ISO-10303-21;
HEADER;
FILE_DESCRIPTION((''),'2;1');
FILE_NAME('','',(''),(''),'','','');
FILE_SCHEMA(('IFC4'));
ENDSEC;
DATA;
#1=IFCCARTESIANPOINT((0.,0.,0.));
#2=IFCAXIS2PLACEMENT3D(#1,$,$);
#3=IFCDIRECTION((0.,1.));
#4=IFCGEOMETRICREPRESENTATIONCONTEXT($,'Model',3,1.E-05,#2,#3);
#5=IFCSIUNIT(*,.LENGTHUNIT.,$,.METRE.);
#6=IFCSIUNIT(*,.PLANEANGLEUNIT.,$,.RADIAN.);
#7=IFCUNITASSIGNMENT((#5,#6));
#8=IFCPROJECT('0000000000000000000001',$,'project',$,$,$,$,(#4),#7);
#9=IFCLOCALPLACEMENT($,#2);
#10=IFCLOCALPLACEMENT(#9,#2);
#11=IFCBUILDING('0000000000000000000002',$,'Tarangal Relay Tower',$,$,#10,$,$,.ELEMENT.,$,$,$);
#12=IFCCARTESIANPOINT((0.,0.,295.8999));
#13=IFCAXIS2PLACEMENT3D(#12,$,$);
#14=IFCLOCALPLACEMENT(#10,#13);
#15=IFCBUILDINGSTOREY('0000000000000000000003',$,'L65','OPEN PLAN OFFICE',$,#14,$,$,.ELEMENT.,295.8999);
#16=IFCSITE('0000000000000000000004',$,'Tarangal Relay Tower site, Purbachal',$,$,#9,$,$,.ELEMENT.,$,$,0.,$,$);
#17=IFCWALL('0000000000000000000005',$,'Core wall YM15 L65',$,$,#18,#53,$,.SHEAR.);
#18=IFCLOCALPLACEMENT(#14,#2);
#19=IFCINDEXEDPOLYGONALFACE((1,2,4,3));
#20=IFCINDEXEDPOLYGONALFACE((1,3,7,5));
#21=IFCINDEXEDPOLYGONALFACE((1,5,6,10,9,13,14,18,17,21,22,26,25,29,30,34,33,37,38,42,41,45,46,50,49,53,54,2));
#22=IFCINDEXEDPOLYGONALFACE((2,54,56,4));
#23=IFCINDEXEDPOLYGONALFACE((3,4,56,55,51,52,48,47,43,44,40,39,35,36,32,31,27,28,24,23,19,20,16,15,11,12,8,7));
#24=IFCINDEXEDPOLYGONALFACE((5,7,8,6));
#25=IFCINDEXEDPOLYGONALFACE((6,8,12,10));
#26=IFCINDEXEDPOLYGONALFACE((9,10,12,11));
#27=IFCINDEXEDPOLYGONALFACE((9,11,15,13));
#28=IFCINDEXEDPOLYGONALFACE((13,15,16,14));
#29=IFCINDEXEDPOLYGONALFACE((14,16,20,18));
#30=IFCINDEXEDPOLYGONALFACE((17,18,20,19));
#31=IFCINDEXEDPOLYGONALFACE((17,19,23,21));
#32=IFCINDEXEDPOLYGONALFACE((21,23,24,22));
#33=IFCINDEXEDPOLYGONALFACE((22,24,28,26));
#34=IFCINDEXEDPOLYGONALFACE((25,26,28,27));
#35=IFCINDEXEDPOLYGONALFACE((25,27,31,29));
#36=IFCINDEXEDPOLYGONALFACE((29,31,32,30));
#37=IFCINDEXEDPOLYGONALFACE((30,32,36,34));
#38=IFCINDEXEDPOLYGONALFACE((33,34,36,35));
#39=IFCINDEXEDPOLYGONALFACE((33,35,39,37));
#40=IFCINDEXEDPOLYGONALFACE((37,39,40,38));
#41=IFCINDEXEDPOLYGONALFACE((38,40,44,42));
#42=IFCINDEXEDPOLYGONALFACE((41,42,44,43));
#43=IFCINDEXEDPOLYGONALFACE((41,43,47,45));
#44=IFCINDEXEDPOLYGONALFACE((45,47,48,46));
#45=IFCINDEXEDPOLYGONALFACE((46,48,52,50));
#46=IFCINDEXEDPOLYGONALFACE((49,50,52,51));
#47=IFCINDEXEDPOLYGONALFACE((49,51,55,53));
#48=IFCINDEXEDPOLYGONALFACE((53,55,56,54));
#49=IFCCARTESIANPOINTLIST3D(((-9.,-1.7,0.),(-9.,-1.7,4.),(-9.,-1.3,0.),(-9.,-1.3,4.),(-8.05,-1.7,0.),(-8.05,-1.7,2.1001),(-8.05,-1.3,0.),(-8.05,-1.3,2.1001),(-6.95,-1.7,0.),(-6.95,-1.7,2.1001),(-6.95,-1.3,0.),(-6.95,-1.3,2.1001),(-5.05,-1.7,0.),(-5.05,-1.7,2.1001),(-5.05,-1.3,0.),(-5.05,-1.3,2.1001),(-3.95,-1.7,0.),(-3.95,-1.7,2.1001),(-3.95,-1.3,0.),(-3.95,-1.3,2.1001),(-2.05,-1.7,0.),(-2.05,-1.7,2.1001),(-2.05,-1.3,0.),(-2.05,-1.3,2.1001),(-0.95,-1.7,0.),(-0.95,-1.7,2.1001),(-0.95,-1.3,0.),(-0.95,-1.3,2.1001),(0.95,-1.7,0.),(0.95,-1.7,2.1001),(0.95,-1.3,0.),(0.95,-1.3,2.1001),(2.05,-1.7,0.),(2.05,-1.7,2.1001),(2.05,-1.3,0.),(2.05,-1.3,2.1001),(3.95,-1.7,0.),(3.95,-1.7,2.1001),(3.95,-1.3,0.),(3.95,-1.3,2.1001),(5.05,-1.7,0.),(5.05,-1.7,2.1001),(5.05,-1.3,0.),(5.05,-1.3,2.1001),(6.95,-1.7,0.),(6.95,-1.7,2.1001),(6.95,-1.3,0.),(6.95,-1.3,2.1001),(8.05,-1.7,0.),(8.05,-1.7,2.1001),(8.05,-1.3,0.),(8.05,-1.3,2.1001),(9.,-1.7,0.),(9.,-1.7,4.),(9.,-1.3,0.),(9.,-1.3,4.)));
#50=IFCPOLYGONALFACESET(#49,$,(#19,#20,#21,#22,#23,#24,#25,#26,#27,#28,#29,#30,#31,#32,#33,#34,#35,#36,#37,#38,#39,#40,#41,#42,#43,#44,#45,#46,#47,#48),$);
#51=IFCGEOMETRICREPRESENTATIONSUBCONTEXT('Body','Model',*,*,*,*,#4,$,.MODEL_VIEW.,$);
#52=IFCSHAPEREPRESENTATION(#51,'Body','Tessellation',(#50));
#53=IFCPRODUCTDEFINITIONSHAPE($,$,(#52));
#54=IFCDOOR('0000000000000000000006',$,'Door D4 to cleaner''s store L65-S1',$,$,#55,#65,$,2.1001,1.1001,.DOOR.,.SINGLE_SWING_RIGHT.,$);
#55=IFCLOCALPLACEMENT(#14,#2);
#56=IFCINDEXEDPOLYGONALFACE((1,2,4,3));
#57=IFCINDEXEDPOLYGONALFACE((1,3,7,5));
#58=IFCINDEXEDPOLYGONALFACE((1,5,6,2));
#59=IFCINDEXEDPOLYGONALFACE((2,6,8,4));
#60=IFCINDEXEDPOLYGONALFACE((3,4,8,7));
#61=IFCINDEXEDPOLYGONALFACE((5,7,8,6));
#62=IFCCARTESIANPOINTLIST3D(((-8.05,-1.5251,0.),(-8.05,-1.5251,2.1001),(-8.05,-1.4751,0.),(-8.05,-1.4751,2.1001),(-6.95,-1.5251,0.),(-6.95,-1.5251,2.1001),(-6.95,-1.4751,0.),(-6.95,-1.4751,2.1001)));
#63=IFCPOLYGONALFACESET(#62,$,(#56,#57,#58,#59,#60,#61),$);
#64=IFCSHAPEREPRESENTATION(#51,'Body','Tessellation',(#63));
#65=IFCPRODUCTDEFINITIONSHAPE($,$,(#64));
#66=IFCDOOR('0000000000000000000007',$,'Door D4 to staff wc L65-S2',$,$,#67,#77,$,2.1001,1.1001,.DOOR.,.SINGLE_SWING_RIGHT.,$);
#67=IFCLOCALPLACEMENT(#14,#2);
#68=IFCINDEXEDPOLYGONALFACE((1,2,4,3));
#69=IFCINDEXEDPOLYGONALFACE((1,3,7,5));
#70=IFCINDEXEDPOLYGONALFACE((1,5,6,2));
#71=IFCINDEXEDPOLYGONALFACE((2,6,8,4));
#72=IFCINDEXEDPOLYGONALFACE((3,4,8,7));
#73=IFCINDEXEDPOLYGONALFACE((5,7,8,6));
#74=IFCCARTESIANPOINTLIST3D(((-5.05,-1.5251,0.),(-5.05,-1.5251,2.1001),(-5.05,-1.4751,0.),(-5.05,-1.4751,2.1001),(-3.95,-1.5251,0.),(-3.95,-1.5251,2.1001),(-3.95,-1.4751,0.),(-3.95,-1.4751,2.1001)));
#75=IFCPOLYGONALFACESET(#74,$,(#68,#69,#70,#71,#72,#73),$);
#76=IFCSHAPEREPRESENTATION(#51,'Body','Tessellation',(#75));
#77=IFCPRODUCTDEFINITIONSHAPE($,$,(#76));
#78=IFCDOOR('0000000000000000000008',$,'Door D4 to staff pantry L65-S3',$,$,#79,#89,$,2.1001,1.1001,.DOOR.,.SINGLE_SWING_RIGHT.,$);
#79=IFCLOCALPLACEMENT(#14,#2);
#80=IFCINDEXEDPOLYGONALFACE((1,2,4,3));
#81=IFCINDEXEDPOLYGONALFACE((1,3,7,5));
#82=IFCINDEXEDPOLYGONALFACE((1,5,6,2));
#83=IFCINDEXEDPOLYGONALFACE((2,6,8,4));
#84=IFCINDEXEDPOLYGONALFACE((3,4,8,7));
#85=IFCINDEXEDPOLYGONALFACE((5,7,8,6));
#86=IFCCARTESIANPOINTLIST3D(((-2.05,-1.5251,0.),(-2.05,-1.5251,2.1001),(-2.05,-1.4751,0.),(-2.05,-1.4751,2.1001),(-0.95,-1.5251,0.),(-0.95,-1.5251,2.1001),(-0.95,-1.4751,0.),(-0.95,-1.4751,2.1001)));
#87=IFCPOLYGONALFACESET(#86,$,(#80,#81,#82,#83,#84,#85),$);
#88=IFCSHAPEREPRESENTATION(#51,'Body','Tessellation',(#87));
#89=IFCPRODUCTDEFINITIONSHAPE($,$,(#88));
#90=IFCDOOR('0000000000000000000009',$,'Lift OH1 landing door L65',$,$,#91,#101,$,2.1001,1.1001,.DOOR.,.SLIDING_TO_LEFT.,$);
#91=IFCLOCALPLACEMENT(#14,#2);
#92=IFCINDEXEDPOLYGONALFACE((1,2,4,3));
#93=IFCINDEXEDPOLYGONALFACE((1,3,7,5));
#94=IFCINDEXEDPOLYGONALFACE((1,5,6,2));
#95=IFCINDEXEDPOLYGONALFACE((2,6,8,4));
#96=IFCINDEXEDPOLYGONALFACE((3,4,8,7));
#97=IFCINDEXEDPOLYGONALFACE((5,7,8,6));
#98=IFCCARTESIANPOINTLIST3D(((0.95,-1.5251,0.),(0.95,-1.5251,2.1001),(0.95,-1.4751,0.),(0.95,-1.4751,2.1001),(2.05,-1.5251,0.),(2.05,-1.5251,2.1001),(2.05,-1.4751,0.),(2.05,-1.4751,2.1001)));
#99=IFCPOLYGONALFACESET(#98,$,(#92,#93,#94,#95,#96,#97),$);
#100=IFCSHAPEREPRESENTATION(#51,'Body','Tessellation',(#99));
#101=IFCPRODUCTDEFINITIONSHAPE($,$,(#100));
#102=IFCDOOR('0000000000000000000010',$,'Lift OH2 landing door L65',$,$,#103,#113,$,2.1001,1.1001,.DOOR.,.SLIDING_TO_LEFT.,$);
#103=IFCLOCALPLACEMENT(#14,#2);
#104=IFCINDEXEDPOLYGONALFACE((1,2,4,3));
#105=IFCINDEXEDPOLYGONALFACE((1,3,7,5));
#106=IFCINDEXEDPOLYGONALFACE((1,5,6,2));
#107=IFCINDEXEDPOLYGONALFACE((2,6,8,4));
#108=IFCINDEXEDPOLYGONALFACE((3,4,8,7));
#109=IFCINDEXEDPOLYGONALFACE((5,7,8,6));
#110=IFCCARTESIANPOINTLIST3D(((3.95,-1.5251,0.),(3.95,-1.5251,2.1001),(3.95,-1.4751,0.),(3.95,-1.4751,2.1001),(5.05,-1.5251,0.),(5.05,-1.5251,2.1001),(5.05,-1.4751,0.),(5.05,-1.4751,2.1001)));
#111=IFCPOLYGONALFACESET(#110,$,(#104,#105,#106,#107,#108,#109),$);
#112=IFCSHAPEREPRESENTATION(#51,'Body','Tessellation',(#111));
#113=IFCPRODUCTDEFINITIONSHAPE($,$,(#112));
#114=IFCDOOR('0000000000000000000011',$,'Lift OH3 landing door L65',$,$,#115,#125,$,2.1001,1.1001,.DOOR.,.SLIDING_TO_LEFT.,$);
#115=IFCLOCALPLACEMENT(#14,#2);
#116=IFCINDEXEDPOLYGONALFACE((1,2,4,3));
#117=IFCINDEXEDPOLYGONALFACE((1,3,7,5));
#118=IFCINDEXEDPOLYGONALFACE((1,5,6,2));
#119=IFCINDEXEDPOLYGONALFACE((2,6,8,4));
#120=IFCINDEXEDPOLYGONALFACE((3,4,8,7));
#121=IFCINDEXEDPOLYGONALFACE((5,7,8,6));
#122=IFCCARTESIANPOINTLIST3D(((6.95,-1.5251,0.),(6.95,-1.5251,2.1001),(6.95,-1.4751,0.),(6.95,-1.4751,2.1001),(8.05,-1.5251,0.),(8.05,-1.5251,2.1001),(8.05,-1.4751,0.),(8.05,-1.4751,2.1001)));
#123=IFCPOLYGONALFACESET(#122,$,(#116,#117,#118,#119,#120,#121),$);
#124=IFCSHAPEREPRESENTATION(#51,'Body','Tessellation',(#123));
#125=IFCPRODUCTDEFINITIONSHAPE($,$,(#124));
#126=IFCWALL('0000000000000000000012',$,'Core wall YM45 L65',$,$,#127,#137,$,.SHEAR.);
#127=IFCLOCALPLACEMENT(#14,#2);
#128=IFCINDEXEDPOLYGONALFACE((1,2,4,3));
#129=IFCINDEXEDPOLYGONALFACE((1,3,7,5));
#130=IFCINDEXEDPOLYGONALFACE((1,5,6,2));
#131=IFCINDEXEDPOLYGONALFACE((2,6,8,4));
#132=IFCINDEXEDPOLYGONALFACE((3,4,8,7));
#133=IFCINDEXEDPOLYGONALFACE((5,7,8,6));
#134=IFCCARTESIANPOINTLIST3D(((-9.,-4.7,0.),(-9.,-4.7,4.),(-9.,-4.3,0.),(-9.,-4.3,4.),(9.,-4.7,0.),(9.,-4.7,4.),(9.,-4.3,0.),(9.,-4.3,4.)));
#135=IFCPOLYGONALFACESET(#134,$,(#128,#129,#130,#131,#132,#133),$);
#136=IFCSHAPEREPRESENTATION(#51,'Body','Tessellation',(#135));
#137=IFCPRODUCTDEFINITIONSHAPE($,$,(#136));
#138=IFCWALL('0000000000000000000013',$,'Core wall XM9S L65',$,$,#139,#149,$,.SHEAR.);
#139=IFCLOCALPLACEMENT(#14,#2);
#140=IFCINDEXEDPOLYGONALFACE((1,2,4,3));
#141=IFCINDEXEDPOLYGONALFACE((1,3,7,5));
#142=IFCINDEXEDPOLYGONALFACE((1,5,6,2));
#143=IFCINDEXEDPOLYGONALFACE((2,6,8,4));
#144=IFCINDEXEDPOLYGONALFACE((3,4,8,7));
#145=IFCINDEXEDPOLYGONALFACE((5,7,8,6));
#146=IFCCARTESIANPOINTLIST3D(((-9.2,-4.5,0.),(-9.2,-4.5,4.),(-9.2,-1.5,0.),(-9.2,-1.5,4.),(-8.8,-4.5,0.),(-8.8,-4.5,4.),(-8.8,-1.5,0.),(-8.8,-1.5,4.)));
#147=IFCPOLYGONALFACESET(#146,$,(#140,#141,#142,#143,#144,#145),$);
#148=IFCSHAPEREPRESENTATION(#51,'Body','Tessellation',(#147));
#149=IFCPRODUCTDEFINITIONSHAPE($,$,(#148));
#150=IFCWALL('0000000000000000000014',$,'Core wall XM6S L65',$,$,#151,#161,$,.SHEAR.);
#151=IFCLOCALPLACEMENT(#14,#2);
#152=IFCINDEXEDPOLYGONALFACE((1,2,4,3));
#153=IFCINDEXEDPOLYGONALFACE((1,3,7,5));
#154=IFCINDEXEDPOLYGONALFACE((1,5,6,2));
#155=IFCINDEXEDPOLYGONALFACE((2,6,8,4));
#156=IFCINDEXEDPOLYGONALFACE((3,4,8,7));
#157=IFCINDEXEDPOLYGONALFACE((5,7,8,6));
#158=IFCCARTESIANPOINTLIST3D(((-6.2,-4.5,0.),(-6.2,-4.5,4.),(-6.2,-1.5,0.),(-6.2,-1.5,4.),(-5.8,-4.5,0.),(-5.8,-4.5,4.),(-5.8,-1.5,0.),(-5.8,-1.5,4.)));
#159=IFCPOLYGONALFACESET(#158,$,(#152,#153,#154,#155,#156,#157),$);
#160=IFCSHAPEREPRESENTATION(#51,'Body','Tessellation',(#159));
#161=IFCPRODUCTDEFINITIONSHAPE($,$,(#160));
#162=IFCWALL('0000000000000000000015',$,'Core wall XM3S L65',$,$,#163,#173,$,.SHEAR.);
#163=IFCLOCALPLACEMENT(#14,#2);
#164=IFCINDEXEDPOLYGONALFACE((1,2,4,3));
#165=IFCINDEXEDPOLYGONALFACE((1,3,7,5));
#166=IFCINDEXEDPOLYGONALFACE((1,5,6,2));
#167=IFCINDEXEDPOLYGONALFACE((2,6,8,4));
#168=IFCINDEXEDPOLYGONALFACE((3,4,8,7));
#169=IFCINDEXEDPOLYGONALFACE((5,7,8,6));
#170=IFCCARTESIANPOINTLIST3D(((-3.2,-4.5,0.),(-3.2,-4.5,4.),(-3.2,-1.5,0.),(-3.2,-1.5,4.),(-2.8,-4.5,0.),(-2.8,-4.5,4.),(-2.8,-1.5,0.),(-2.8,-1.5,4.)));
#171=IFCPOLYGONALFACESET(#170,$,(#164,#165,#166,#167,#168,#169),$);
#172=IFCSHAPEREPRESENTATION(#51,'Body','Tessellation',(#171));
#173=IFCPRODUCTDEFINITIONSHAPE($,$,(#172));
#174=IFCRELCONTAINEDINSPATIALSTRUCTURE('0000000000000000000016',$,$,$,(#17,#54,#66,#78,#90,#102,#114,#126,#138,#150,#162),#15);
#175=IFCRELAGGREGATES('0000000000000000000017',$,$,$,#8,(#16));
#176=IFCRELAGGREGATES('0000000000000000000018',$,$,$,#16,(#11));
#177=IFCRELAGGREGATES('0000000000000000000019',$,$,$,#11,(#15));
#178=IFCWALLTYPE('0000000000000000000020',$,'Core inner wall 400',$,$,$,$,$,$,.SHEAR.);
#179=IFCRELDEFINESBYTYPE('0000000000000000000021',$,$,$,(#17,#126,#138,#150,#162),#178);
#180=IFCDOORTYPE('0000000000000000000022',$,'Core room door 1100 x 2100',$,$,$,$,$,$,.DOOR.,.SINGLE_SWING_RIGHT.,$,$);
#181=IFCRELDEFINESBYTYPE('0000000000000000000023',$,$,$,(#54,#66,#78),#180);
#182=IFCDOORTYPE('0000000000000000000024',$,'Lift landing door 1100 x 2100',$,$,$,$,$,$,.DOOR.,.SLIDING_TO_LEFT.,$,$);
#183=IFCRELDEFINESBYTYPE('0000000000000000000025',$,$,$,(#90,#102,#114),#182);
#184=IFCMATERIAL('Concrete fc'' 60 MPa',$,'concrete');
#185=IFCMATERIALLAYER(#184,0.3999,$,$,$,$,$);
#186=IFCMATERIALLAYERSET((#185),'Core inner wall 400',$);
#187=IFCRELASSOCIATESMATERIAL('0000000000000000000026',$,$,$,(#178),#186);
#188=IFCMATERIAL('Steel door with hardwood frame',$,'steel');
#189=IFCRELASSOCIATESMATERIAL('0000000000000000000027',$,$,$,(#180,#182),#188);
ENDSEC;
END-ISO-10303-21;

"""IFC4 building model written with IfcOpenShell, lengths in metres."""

from ifc_helpers import new_model, si_unit, direction, frame, frame_2d, origin, place, context, subcontext, project, spatial, rectangle, extrude, material, layer, layer_set, type_object, element, fill, save


model = new_model("IFC4")

# Units and contexts
model_context = context("Model", 3, precision=1e-05, world=origin(), true_north=direction((0.0, 1.0)))
body_context = subcontext(model_context, "Body", "Model", "MODEL_VIEW")
ifc_project = project(units=[si_unit("LENGTHUNIT", "METRE"), si_unit("PLANEANGLEUNIT", "RADIAN")], contexts=[model_context])

# Site, building, storey
site_placement = place(None, origin())
site = spatial("IfcSite", under=ifc_project, at=site_placement, Name="Tarangal Relay Tower site, Purbachal", CompositionType="ELEMENT", RefElevation=0.0)
building_placement = place(site_placement, origin())
building = spatial("IfcBuilding", under=site, at=building_placement, Name="Tarangal Relay Tower", CompositionType="ELEMENT")
storey_placement = place(building_placement, frame((0.0, 0.0, 295.8999)))
storey = spatial("IfcBuildingStorey", under=building, at=storey_placement, Name="L65", Description="OPEN PLAN OFFICE", CompositionType="ELEMENT", Elevation=295.8999)

# Wall, openings, doors
ifc_material_1 = material(Name="Concrete fc' 60 MPa", Category="concrete")
ifc_layer_1 = layer(ifc_material_1, 0.3999)
ifc_layer_set_1 = layer_set([ifc_layer_1], Name="Core inner wall 400")
wall_type_1 = type_object("IfcWallType", Name="Core inner wall 400", PredefinedType="SHEAR", material=ifc_layer_set_1)
wall_1_placement = place(storey_placement, frame((-9.0, -1.5, 0.0), z_axis=(0.0, 0.0, 1.0), x_axis=(1.0, 0.0, 0.0)))
wall_1 = element("IfcWall", 1, at=wall_1_placement, inside=storey, type_object=wall_type_1, Name="Core wall YM15 L65", PredefinedType="SHEAR", context=body_context, shape_type="SweptSolid", body=[
    extrude(rectangle(XDim=18.0, YDim=0.3999, at=frame_2d((9.0, 0.0))), origin(), (0.0, 0.0, 1.0), 4.0),
])
opening_1_placement = place(wall_1_placement, frame((9.95, 0.0, 0.0)))
opening_1 = element("IfcOpeningElement", 2, at=opening_1_placement, cuts=wall_1, PredefinedType="OPENING", context=body_context, shape_type="SweptSolid", body=[
    extrude(rectangle(XDim=1.1001, YDim=2.1001, at=frame_2d((0.55, 1.05))), frame((0.0, 0.21, 0.0), z_axis=(0.0, -1.0, 0.0), x_axis=(1.0, 0.0, 0.0)), (0.0, 0.0, 1.0), 0.4199),
])
opening_2_placement = place(wall_1_placement, frame((12.95, 0.0, 0.0)))
opening_2 = element("IfcOpeningElement", 3, at=opening_2_placement, cuts=wall_1, PredefinedType="OPENING", context=body_context, shape_type="SweptSolid", body=[
    extrude(rectangle(XDim=1.1001, YDim=2.1001, at=frame_2d((0.55, 1.05))), frame((0.0, 0.21, 0.0), z_axis=(0.0, -1.0, 0.0), x_axis=(1.0, 0.0, 0.0)), (0.0, 0.0, 1.0), 0.4199),
])
opening_3_placement = place(wall_1_placement, frame((15.95, 0.0, 0.0)))
opening_3 = element("IfcOpeningElement", 4, at=opening_3_placement, cuts=wall_1, PredefinedType="OPENING", context=body_context, shape_type="SweptSolid", body=[
    extrude(rectangle(XDim=1.1001, YDim=2.1001, at=frame_2d((0.55, 1.05))), frame((0.0, 0.21, 0.0), z_axis=(0.0, -1.0, 0.0), x_axis=(1.0, 0.0, 0.0)), (0.0, 0.0, 1.0), 0.4199),
])
opening_4_placement = place(wall_1_placement, frame((0.95, 0.0, 0.0)))
opening_4 = element("IfcOpeningElement", 5, at=opening_4_placement, cuts=wall_1, PredefinedType="OPENING", context=body_context, shape_type="SweptSolid", body=[
    extrude(rectangle(XDim=1.1001, YDim=2.1001, at=frame_2d((0.55, 1.05))), frame((0.0, 0.21, 0.0), z_axis=(0.0, -1.0, 0.0), x_axis=(1.0, 0.0, 0.0)), (0.0, 0.0, 1.0), 0.4199),
])
opening_5_placement = place(wall_1_placement, frame((3.95, 0.0, 0.0)))
opening_5 = element("IfcOpeningElement", 6, at=opening_5_placement, cuts=wall_1, PredefinedType="OPENING", context=body_context, shape_type="SweptSolid", body=[
    extrude(rectangle(XDim=1.1001, YDim=2.1001, at=frame_2d((0.55, 1.05))), frame((0.0, 0.21, 0.0), z_axis=(0.0, -1.0, 0.0), x_axis=(1.0, 0.0, 0.0)), (0.0, 0.0, 1.0), 0.4199),
])
opening_6_placement = place(wall_1_placement, frame((6.95, 0.0, 0.0)))
opening_6 = element("IfcOpeningElement", 7, at=opening_6_placement, cuts=wall_1, PredefinedType="OPENING", context=body_context, shape_type="SweptSolid", body=[
    extrude(rectangle(XDim=1.1001, YDim=2.1001, at=frame_2d((0.55, 1.05))), frame((0.0, 0.21, 0.0), z_axis=(0.0, -1.0, 0.0), x_axis=(1.0, 0.0, 0.0)), (0.0, 0.0, 1.0), 0.4199),
])
ifc_material_2 = material(Name="Steel door with hardwood frame", Category="steel")
door_type_1 = type_object("IfcDoorType", Name="Core room door 1100 x 2100", OperationType="SINGLE_SWING_RIGHT", PredefinedType="DOOR", material=ifc_material_2)
door_1_placement = place(opening_4_placement, origin())
door_1 = element("IfcDoor", 8, at=door_1_placement, inside=storey, type_object=door_type_1, Name="Door D4 to cleaner's store L65-S1", OperationType="SINGLE_SWING_RIGHT", OverallHeight=2.1001, OverallWidth=1.1001, PredefinedType="DOOR", context=body_context, shape_type="SweptSolid", body=[
    extrude(rectangle(XDim=1.1001, YDim=2.1001, at=frame_2d((0.55, 1.05))), frame((0.0, 0.0249, 0.0), z_axis=(0.0, -1.0, 0.0), x_axis=(1.0, 0.0, 0.0)), (0.0, 0.0, 1.0), 0.05),
])
fill(opening_4, door_1)
door_2_placement = place(opening_5_placement, origin())
door_2 = element("IfcDoor", 9, at=door_2_placement, inside=storey, type_object=door_type_1, Name="Door D4 to staff wc L65-S2", OperationType="SINGLE_SWING_RIGHT", OverallHeight=2.1001, OverallWidth=1.1001, PredefinedType="DOOR", context=body_context, shape_type="SweptSolid", body=[
    extrude(rectangle(XDim=1.1001, YDim=2.1001, at=frame_2d((0.55, 1.05))), frame((0.0, 0.0249, 0.0), z_axis=(0.0, -1.0, 0.0), x_axis=(1.0, 0.0, 0.0)), (0.0, 0.0, 1.0), 0.05),
])
fill(opening_5, door_2)
door_3_placement = place(opening_6_placement, origin())
door_3 = element("IfcDoor", 10, at=door_3_placement, inside=storey, type_object=door_type_1, Name="Door D4 to staff pantry L65-S3", OperationType="SINGLE_SWING_RIGHT", OverallHeight=2.1001, OverallWidth=1.1001, PredefinedType="DOOR", context=body_context, shape_type="SweptSolid", body=[
    extrude(rectangle(XDim=1.1001, YDim=2.1001, at=frame_2d((0.55, 1.05))), frame((0.0, 0.0249, 0.0), z_axis=(0.0, -1.0, 0.0), x_axis=(1.0, 0.0, 0.0)), (0.0, 0.0, 1.0), 0.05),
])
fill(opening_6, door_3)
door_type_2 = type_object("IfcDoorType", Name="Lift landing door 1100 x 2100", OperationType="SLIDING_TO_LEFT", PredefinedType="DOOR", material=ifc_material_2)
door_4_placement = place(opening_1_placement, origin())
door_4 = element("IfcDoor", 11, at=door_4_placement, inside=storey, type_object=door_type_2, Name="Lift OH1 landing door L65", OperationType="SLIDING_TO_LEFT", OverallHeight=2.1001, OverallWidth=1.1001, PredefinedType="DOOR", context=body_context, shape_type="SweptSolid", body=[
    extrude(rectangle(XDim=1.1001, YDim=2.1001, at=frame_2d((0.55, 1.05))), frame((0.0, 0.0249, 0.0), z_axis=(0.0, -1.0, 0.0), x_axis=(1.0, 0.0, 0.0)), (0.0, 0.0, 1.0), 0.05),
])
fill(opening_1, door_4)
door_5_placement = place(opening_2_placement, origin())
door_5 = element("IfcDoor", 12, at=door_5_placement, inside=storey, type_object=door_type_2, Name="Lift OH2 landing door L65", OperationType="SLIDING_TO_LEFT", OverallHeight=2.1001, OverallWidth=1.1001, PredefinedType="DOOR", context=body_context, shape_type="SweptSolid", body=[
    extrude(rectangle(XDim=1.1001, YDim=2.1001, at=frame_2d((0.55, 1.05))), frame((0.0, 0.0249, 0.0), z_axis=(0.0, -1.0, 0.0), x_axis=(1.0, 0.0, 0.0)), (0.0, 0.0, 1.0), 0.05),
])
fill(opening_2, door_5)
door_6_placement = place(opening_3_placement, origin())
door_6 = element("IfcDoor", 13, at=door_6_placement, inside=storey, type_object=door_type_2, Name="Lift OH3 landing door L65", OperationType="SLIDING_TO_LEFT", OverallHeight=2.1001, OverallWidth=1.1001, PredefinedType="DOOR", context=body_context, shape_type="SweptSolid", body=[
    extrude(rectangle(XDim=1.1001, YDim=2.1001, at=frame_2d((0.55, 1.05))), frame((0.0, 0.0249, 0.0), z_axis=(0.0, -1.0, 0.0), x_axis=(1.0, 0.0, 0.0)), (0.0, 0.0, 1.0), 0.05),
])
fill(opening_3, door_6)

# Walls
wall_2_placement = place(storey_placement, frame((-9.0, -4.5, 0.0), z_axis=(0.0, 0.0, 1.0), x_axis=(1.0, 0.0, 0.0)))
element("IfcWall", 14, at=wall_2_placement, inside=storey, type_object=wall_type_1, Name="Core wall YM45 L65", PredefinedType="SHEAR", context=body_context, shape_type="SweptSolid", body=[
    extrude(rectangle(XDim=18.0, YDim=0.3999, at=frame_2d((9.0, 0.0))), origin(), (0.0, 0.0, 1.0), 4.0),
])
for number, where, z_axis, x_axis, name in (
    (15, (-9.0, -4.5, 0.0), (0.0, 0.0, 1.0), (0.0, 1.0, 0.0), "Core wall XM9S L65"),
    (16, (-6.0, -4.5, 0.0), (0.0, 0.0, 1.0), (0.0, 1.0, 0.0), "Core wall XM6S L65"),
    (17, (-3.0, -4.5, 0.0), (0.0, 0.0, 1.0), (0.0, 1.0, 0.0), "Core wall XM3S L65"),
):
    element("IfcWall", number, at=place(storey_placement, frame(where, z_axis=z_axis, x_axis=x_axis)), inside=storey, type_object=wall_type_1, Name=name, PredefinedType="SHEAR", context=body_context, shape_type="SweptSolid", body=[
        extrude(rectangle(XDim=3.0, YDim=0.3999, at=frame_2d((1.5, 0.0))), origin(), (0.0, 0.0, 1.0), 4.0),
    ])

save(model, "model.ifc")
